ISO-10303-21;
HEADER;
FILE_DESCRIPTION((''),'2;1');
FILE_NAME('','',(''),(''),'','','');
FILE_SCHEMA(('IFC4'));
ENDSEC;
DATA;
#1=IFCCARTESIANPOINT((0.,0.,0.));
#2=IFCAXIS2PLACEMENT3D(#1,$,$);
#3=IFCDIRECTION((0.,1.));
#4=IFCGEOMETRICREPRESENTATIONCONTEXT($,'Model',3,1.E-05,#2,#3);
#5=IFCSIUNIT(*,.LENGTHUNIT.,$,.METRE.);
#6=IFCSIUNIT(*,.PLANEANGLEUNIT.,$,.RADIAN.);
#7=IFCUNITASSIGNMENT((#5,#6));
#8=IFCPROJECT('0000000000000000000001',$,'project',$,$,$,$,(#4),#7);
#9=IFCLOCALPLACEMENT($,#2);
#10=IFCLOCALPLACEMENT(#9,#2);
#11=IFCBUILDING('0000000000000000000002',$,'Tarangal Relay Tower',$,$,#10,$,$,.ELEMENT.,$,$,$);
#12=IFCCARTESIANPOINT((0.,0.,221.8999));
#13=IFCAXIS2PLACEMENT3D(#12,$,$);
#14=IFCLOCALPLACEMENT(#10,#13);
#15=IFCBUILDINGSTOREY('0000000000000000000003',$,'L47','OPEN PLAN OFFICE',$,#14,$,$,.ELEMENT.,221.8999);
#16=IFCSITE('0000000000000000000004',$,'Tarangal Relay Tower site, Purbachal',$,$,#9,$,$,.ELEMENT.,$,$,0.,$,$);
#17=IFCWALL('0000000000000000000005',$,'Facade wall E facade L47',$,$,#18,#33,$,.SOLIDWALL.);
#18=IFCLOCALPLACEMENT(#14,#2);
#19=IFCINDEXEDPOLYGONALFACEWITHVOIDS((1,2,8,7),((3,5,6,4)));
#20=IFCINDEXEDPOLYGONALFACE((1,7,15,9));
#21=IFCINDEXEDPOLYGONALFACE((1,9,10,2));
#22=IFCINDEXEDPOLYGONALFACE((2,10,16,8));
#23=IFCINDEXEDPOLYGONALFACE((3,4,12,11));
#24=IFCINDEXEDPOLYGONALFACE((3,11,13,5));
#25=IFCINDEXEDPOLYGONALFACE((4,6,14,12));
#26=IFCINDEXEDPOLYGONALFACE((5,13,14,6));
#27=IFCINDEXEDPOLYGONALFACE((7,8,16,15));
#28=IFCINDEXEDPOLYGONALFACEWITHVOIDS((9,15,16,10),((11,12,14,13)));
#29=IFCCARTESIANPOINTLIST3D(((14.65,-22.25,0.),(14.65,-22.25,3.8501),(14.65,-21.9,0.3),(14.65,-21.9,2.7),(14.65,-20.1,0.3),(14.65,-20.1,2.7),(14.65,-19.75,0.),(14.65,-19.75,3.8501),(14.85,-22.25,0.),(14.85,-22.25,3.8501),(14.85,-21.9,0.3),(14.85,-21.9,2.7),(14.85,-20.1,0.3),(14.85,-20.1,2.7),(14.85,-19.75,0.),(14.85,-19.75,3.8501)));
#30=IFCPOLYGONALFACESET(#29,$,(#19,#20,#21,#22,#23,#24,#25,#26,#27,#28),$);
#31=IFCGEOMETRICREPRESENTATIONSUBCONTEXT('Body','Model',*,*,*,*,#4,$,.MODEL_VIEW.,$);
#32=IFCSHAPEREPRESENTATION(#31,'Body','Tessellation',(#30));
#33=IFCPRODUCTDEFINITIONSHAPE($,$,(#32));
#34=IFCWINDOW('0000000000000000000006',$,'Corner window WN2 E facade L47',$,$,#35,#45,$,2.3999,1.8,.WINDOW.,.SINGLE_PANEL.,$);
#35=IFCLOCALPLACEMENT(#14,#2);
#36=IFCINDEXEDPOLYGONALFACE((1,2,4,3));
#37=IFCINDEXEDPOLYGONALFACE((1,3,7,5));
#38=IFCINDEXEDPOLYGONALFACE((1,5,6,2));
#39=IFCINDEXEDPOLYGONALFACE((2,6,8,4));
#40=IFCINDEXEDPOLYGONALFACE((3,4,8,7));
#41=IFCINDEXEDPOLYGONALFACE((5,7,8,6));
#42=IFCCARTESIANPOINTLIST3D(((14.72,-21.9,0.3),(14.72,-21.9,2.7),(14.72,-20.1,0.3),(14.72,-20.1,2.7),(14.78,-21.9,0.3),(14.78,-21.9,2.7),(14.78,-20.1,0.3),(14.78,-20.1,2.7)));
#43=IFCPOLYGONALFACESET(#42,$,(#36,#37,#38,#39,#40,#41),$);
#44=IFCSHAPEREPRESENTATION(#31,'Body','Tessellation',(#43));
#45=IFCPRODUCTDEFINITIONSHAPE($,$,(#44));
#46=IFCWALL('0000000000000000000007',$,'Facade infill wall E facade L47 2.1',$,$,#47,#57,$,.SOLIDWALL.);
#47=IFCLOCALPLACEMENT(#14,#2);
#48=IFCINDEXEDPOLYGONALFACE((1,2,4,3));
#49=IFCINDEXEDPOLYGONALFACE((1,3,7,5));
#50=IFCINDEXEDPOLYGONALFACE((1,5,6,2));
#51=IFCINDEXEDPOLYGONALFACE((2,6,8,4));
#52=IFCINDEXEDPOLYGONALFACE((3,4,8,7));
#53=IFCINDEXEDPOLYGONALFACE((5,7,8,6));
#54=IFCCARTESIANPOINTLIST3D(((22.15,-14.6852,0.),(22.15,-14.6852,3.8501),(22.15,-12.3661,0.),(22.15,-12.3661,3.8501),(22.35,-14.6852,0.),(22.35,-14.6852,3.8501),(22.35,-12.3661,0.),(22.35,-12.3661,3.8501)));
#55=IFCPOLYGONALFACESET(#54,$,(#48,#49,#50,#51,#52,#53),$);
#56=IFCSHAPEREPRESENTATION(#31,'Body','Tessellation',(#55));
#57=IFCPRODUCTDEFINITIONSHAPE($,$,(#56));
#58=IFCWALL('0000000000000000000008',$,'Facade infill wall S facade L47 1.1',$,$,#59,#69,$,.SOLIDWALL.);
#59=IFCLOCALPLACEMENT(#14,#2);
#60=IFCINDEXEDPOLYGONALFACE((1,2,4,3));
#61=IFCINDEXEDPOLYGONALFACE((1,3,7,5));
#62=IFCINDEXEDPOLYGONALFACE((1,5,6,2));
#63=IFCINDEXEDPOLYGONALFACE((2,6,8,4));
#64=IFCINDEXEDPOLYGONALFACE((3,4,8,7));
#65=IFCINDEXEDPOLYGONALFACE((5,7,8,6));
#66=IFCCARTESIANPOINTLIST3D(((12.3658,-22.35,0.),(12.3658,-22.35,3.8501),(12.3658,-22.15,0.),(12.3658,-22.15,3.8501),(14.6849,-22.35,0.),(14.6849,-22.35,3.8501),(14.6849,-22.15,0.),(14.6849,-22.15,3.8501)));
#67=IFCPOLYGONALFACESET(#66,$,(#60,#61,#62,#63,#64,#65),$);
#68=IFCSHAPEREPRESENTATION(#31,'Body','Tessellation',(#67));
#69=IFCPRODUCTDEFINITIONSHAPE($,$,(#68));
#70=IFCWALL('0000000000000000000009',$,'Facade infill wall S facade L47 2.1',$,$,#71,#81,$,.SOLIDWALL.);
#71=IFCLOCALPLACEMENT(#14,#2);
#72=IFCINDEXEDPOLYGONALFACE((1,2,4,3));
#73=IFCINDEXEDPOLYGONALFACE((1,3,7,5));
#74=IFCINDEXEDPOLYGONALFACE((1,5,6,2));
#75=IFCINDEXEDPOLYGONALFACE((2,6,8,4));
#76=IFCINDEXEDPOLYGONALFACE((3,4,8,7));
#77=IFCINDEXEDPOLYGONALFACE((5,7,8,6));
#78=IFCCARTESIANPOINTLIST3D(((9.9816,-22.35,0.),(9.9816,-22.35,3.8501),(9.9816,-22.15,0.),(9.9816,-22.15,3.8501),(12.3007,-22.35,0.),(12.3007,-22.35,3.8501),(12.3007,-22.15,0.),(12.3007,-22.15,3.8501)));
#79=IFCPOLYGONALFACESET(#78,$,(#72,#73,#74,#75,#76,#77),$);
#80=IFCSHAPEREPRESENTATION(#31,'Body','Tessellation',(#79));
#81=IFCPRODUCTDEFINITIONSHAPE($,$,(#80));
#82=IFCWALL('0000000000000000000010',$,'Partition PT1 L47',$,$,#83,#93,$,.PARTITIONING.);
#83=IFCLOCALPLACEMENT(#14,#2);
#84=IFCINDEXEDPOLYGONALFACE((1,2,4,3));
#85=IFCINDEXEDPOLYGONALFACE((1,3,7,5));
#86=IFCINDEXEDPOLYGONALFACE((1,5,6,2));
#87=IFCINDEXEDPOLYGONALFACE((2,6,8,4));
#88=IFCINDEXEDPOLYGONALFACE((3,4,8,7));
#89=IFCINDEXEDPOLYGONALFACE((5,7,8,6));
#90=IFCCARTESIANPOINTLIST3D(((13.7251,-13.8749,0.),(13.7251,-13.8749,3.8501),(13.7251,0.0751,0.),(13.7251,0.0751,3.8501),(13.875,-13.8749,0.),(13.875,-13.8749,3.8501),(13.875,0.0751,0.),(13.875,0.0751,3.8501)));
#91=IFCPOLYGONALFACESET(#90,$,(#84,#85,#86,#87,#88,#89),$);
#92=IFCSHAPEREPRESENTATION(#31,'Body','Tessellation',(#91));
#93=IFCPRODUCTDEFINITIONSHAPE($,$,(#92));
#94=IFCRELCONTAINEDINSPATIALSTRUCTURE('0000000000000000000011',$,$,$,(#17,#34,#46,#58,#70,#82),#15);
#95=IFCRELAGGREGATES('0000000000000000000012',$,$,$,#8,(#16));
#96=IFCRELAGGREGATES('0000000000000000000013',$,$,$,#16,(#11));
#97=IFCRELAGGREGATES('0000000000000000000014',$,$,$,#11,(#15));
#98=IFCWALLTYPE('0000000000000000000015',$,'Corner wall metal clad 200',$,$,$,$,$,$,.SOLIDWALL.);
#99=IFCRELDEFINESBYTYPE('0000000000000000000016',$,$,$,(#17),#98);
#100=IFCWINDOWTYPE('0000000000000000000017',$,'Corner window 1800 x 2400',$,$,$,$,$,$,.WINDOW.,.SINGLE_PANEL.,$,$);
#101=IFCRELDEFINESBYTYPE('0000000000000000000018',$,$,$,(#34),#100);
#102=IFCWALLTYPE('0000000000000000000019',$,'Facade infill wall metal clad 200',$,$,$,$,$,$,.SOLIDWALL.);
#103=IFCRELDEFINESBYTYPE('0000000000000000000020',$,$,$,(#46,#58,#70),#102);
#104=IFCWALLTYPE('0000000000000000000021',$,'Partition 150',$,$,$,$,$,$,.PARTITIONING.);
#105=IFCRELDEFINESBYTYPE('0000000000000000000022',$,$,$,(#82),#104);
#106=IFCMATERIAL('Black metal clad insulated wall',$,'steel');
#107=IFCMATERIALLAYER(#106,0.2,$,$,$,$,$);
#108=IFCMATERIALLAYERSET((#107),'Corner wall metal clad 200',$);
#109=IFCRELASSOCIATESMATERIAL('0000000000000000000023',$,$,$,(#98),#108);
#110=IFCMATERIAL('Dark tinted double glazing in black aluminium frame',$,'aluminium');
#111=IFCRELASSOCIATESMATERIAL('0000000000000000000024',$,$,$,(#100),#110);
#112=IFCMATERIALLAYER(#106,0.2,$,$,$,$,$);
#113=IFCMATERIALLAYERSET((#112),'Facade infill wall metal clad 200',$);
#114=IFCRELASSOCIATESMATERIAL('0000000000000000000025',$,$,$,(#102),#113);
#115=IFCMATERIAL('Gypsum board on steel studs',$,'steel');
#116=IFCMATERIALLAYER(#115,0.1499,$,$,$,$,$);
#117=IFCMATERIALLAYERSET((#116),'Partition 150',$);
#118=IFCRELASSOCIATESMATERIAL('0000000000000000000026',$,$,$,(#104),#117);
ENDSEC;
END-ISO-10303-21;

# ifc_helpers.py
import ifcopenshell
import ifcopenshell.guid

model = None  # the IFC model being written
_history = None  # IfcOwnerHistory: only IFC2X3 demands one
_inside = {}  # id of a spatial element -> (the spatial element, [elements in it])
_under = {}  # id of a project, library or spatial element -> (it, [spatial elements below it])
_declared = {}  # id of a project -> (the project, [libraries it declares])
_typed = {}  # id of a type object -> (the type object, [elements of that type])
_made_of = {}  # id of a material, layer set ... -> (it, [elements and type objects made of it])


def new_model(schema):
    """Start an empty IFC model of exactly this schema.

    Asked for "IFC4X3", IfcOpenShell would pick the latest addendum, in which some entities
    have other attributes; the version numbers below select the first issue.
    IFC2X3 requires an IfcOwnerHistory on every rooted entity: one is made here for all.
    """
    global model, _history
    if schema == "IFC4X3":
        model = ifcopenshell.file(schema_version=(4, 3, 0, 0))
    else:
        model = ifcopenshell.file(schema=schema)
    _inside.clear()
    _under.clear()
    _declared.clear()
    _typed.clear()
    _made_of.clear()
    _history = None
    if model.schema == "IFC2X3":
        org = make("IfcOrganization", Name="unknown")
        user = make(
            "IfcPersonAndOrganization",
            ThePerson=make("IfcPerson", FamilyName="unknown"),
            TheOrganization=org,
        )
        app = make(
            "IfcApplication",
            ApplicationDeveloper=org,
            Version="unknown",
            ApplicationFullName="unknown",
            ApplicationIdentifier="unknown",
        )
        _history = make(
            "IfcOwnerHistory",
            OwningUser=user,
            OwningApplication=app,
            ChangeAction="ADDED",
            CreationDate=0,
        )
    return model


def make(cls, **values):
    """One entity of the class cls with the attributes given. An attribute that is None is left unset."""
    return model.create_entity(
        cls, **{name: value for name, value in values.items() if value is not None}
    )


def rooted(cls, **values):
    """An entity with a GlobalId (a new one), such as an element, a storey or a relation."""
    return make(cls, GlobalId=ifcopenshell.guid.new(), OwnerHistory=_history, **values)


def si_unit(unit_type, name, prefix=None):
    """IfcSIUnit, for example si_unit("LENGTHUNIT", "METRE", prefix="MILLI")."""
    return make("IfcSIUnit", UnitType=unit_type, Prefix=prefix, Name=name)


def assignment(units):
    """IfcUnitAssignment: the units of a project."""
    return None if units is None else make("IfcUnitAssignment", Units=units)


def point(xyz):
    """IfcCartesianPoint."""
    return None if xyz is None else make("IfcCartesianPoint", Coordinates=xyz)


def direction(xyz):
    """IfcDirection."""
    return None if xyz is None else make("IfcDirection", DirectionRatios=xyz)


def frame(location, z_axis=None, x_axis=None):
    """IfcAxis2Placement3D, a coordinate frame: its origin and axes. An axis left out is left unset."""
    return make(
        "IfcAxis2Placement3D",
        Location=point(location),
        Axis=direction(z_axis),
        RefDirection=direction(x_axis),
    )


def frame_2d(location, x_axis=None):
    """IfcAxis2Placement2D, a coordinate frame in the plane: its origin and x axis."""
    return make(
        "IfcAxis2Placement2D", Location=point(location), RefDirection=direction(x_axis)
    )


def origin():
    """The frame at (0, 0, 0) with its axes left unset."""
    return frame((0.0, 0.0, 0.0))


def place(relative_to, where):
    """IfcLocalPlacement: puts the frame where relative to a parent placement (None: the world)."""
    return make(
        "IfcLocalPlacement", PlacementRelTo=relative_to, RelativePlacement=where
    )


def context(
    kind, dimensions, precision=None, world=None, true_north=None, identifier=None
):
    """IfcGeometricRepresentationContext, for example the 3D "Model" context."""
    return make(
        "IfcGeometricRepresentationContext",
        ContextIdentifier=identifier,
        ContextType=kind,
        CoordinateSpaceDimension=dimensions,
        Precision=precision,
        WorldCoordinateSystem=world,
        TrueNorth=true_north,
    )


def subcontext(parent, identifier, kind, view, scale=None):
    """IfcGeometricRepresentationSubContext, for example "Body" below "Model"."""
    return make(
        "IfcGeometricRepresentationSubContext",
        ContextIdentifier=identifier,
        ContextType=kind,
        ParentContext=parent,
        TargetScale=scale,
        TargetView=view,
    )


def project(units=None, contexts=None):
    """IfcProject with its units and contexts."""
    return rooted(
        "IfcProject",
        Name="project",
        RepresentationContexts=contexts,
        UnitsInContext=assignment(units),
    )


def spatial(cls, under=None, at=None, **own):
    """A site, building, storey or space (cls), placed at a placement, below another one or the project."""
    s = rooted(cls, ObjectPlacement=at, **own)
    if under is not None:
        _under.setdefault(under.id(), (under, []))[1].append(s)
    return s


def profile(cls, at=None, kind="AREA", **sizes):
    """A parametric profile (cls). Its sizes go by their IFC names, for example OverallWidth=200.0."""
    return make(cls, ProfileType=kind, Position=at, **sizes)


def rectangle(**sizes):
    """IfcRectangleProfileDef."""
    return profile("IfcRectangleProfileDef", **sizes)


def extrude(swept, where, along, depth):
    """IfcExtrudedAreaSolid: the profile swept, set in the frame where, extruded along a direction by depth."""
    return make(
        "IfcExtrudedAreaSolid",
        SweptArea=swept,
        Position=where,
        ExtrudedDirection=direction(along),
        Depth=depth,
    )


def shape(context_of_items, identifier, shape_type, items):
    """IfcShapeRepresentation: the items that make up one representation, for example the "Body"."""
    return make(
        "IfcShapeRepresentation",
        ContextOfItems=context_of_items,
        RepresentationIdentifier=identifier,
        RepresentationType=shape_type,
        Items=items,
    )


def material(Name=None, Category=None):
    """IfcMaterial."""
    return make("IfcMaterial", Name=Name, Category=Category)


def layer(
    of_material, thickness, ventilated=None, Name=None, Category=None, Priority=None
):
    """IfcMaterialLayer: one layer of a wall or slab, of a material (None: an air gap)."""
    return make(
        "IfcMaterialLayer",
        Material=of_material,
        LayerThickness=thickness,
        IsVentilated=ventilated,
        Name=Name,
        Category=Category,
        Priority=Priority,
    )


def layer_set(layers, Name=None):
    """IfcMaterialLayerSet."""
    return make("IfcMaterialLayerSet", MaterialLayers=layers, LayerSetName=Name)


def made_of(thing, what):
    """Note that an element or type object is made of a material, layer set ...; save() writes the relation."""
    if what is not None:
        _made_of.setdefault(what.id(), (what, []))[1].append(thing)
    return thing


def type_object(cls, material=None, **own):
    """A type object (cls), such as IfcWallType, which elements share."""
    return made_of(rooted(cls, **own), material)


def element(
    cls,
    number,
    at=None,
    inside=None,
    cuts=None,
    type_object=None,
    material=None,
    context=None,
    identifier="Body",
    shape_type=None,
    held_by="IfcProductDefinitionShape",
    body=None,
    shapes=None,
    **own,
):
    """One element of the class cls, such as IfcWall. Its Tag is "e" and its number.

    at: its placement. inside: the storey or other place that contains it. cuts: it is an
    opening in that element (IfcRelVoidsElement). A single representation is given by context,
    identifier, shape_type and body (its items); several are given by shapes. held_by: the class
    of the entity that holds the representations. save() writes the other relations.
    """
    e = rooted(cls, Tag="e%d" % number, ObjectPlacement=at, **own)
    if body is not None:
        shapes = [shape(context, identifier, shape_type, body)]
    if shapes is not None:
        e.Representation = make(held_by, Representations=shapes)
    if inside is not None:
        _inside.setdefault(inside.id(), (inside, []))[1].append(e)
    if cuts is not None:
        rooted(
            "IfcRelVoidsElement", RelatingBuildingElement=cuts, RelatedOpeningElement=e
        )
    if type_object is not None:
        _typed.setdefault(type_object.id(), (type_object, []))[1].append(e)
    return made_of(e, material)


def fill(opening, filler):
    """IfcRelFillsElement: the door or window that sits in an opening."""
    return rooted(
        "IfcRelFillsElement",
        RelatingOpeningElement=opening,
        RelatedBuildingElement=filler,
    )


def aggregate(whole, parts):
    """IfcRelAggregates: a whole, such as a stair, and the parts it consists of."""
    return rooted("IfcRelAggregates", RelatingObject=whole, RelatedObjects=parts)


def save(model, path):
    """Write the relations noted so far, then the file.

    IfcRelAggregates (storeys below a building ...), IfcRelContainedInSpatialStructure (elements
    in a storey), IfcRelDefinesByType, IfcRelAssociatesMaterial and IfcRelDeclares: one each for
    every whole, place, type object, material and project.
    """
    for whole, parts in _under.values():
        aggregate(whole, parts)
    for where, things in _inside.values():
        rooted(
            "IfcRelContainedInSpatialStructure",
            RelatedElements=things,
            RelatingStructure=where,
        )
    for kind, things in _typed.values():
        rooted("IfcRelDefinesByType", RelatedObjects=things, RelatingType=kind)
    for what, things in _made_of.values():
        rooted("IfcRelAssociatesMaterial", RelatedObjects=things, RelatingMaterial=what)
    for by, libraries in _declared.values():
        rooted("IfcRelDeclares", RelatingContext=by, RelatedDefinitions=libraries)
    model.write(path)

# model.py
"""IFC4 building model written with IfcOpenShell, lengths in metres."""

from ifc_helpers import new_model, si_unit, direction, frame, frame_2d, origin, place, context, subcontext, project, spatial, rectangle, extrude, material, layer, layer_set, type_object, element, fill, save


model = new_model("IFC4")

# Units and contexts
model_context = context("Model", 3, precision=1e-05, world=origin(), true_north=direction((0.0, 1.0)))
body_context = subcontext(model_context, "Body", "Model", "MODEL_VIEW")
ifc_project = project(units=[si_unit("LENGTHUNIT", "METRE"), si_unit("PLANEANGLEUNIT", "RADIAN")], contexts=[model_context])

# Site, building, storey
site_placement = place(None, origin())
site = spatial("IfcSite", under=ifc_project, at=site_placement, Name="Tarangal Relay Tower site, Purbachal", CompositionType="ELEMENT", RefElevation=0.0)
building_placement = place(site_placement, origin())
building = spatial("IfcBuilding", under=site, at=building_placement, Name="Tarangal Relay Tower", CompositionType="ELEMENT")
storey_placement = place(building_placement, frame((0.0, 0.0, 221.8999)))
storey = spatial("IfcBuildingStorey", under=building, at=storey_placement, Name="L47", Description="OPEN PLAN OFFICE", CompositionType="ELEMENT", Elevation=221.8999)

# Shared definitions
ifc_material_1 = material(Name="Black metal clad insulated wall", Category="steel")
ifc_layer_1 = layer(ifc_material_1, 0.2)
ifc_layer_set_1 = layer_set([ifc_layer_1], Name="Corner wall metal clad 200")
wall_type_1 = type_object("IfcWallType", Name="Corner wall metal clad 200", PredefinedType="SOLIDWALL", material=ifc_layer_set_1)

# Shared definitions
ifc_material_2 = material(Name="Dark tinted double glazing in black aluminium frame", Category="aluminium")
window_type = type_object("IfcWindowType", Name="Corner window 1800 x 2400", PartitioningType="SINGLE_PANEL", PredefinedType="WINDOW", material=ifc_material_2)

# Wall, opening, window
wall_1_placement = place(storey_placement, frame((14.75, -19.75, 0.0), z_axis=(0.0, 0.0, 1.0), x_axis=(0.0, -1.0, 0.0)))
wall_1 = element("IfcWall", 1, at=wall_1_placement, inside=storey, type_object=wall_type_1, Name="Facade wall E facade L47", PredefinedType="SOLIDWALL", context=body_context, shape_type="SweptSolid", body=[
    extrude(rectangle(XDim=2.5, YDim=0.2, at=frame_2d((1.25, 0.0))), origin(), (0.0, 0.0, 1.0), 3.8501),
])
opening_1_placement = place(wall_1_placement, frame((0.3501, 0.0, 0.3)))
opening_1 = element("IfcOpeningElement", 2, at=opening_1_placement, cuts=wall_1, PredefinedType="OPENING", context=body_context, shape_type="SweptSolid", body=[
    extrude(rectangle(XDim=1.8, YDim=2.3999, at=frame_2d((0.8999, 1.2))), frame((0.0, 0.1099, 0.0), z_axis=(0.0, -1.0, 0.0), x_axis=(1.0, 0.0, 0.0)), (0.0, 0.0, 1.0), 0.22),
])
window_1_placement = place(opening_1_placement, origin())
window_1 = element("IfcWindow", 3, at=window_1_placement, inside=storey, type_object=window_type, Name="Corner window WN2 E facade L47", OverallHeight=2.3999, OverallWidth=1.8, PartitioningType="SINGLE_PANEL", PredefinedType="WINDOW", context=body_context, shape_type="SweptSolid", body=[
    extrude(rectangle(XDim=1.8, YDim=2.3999, at=frame_2d((0.8999, 1.2))), frame((0.0, 0.03, 0.0), z_axis=(0.0, -1.0, 0.0), x_axis=(1.0, 0.0, 0.0)), (0.0, 0.0, 1.0), 0.0601),
])
fill(opening_1, window_1)

# Walls
ifc_layer_2 = layer(ifc_material_1, 0.2)
ifc_layer_set_2 = layer_set([ifc_layer_2], Name="Facade infill wall metal clad 200")
wall_type_2 = type_object("IfcWallType", Name="Facade infill wall metal clad 200", PredefinedType="SOLIDWALL", material=ifc_layer_set_2)
for number, where, z_axis, x_axis, name in (
    (4, (22.25, -12.366, 0.0), (0.0, 0.0, 1.0), (0.0, -1.0, 0.0), "Facade infill wall E facade L47 2.1"),
    (5, (14.6851, -22.25, 0.0), (0.0, 0.0, 1.0), (-1.0, 0.0, 0.0), "Facade infill wall S facade L47 1.1"),
    (6, (12.3008, -22.25, 0.0), (0.0, 0.0, 1.0), (-1.0, 0.0, 0.0), "Facade infill wall S facade L47 2.1"),
):
    element("IfcWall", number, at=place(storey_placement, frame(where, z_axis=z_axis, x_axis=x_axis)), inside=storey, type_object=wall_type_2, Name=name, PredefinedType="SOLIDWALL", context=body_context, shape_type="SweptSolid", body=[
        extrude(rectangle(XDim=2.3191, YDim=0.2, at=frame_2d((1.1597, 0.0))), origin(), (0.0, 0.0, 1.0), 3.8501),
    ])
ifc_material_3 = material(Name="Gypsum board on steel studs", Category="steel")
ifc_layer_3 = layer(ifc_material_3, 0.1499)
ifc_layer_set_3 = layer_set([ifc_layer_3], Name="Partition 150")
wall_type_3 = type_object("IfcWallType", Name="Partition 150", PredefinedType="PARTITIONING", material=ifc_layer_set_3)
wall_2_placement = place(storey_placement, frame((13.8, -13.875, 0.0), z_axis=(0.0, 0.0, 1.0), x_axis=(0.0, 1.0, 0.0)))
element("IfcWall", 7, at=wall_2_placement, inside=storey, type_object=wall_type_3, Name="Partition PT1 L47", PredefinedType="PARTITIONING", context=body_context, shape_type="SweptSolid", body=[
    extrude(rectangle(XDim=13.95, YDim=0.1499, at=frame_2d((6.9751, 0.0))), origin(), (0.0, 0.0, 1.0), 3.8501),
])

save(model, "model.ifc")
